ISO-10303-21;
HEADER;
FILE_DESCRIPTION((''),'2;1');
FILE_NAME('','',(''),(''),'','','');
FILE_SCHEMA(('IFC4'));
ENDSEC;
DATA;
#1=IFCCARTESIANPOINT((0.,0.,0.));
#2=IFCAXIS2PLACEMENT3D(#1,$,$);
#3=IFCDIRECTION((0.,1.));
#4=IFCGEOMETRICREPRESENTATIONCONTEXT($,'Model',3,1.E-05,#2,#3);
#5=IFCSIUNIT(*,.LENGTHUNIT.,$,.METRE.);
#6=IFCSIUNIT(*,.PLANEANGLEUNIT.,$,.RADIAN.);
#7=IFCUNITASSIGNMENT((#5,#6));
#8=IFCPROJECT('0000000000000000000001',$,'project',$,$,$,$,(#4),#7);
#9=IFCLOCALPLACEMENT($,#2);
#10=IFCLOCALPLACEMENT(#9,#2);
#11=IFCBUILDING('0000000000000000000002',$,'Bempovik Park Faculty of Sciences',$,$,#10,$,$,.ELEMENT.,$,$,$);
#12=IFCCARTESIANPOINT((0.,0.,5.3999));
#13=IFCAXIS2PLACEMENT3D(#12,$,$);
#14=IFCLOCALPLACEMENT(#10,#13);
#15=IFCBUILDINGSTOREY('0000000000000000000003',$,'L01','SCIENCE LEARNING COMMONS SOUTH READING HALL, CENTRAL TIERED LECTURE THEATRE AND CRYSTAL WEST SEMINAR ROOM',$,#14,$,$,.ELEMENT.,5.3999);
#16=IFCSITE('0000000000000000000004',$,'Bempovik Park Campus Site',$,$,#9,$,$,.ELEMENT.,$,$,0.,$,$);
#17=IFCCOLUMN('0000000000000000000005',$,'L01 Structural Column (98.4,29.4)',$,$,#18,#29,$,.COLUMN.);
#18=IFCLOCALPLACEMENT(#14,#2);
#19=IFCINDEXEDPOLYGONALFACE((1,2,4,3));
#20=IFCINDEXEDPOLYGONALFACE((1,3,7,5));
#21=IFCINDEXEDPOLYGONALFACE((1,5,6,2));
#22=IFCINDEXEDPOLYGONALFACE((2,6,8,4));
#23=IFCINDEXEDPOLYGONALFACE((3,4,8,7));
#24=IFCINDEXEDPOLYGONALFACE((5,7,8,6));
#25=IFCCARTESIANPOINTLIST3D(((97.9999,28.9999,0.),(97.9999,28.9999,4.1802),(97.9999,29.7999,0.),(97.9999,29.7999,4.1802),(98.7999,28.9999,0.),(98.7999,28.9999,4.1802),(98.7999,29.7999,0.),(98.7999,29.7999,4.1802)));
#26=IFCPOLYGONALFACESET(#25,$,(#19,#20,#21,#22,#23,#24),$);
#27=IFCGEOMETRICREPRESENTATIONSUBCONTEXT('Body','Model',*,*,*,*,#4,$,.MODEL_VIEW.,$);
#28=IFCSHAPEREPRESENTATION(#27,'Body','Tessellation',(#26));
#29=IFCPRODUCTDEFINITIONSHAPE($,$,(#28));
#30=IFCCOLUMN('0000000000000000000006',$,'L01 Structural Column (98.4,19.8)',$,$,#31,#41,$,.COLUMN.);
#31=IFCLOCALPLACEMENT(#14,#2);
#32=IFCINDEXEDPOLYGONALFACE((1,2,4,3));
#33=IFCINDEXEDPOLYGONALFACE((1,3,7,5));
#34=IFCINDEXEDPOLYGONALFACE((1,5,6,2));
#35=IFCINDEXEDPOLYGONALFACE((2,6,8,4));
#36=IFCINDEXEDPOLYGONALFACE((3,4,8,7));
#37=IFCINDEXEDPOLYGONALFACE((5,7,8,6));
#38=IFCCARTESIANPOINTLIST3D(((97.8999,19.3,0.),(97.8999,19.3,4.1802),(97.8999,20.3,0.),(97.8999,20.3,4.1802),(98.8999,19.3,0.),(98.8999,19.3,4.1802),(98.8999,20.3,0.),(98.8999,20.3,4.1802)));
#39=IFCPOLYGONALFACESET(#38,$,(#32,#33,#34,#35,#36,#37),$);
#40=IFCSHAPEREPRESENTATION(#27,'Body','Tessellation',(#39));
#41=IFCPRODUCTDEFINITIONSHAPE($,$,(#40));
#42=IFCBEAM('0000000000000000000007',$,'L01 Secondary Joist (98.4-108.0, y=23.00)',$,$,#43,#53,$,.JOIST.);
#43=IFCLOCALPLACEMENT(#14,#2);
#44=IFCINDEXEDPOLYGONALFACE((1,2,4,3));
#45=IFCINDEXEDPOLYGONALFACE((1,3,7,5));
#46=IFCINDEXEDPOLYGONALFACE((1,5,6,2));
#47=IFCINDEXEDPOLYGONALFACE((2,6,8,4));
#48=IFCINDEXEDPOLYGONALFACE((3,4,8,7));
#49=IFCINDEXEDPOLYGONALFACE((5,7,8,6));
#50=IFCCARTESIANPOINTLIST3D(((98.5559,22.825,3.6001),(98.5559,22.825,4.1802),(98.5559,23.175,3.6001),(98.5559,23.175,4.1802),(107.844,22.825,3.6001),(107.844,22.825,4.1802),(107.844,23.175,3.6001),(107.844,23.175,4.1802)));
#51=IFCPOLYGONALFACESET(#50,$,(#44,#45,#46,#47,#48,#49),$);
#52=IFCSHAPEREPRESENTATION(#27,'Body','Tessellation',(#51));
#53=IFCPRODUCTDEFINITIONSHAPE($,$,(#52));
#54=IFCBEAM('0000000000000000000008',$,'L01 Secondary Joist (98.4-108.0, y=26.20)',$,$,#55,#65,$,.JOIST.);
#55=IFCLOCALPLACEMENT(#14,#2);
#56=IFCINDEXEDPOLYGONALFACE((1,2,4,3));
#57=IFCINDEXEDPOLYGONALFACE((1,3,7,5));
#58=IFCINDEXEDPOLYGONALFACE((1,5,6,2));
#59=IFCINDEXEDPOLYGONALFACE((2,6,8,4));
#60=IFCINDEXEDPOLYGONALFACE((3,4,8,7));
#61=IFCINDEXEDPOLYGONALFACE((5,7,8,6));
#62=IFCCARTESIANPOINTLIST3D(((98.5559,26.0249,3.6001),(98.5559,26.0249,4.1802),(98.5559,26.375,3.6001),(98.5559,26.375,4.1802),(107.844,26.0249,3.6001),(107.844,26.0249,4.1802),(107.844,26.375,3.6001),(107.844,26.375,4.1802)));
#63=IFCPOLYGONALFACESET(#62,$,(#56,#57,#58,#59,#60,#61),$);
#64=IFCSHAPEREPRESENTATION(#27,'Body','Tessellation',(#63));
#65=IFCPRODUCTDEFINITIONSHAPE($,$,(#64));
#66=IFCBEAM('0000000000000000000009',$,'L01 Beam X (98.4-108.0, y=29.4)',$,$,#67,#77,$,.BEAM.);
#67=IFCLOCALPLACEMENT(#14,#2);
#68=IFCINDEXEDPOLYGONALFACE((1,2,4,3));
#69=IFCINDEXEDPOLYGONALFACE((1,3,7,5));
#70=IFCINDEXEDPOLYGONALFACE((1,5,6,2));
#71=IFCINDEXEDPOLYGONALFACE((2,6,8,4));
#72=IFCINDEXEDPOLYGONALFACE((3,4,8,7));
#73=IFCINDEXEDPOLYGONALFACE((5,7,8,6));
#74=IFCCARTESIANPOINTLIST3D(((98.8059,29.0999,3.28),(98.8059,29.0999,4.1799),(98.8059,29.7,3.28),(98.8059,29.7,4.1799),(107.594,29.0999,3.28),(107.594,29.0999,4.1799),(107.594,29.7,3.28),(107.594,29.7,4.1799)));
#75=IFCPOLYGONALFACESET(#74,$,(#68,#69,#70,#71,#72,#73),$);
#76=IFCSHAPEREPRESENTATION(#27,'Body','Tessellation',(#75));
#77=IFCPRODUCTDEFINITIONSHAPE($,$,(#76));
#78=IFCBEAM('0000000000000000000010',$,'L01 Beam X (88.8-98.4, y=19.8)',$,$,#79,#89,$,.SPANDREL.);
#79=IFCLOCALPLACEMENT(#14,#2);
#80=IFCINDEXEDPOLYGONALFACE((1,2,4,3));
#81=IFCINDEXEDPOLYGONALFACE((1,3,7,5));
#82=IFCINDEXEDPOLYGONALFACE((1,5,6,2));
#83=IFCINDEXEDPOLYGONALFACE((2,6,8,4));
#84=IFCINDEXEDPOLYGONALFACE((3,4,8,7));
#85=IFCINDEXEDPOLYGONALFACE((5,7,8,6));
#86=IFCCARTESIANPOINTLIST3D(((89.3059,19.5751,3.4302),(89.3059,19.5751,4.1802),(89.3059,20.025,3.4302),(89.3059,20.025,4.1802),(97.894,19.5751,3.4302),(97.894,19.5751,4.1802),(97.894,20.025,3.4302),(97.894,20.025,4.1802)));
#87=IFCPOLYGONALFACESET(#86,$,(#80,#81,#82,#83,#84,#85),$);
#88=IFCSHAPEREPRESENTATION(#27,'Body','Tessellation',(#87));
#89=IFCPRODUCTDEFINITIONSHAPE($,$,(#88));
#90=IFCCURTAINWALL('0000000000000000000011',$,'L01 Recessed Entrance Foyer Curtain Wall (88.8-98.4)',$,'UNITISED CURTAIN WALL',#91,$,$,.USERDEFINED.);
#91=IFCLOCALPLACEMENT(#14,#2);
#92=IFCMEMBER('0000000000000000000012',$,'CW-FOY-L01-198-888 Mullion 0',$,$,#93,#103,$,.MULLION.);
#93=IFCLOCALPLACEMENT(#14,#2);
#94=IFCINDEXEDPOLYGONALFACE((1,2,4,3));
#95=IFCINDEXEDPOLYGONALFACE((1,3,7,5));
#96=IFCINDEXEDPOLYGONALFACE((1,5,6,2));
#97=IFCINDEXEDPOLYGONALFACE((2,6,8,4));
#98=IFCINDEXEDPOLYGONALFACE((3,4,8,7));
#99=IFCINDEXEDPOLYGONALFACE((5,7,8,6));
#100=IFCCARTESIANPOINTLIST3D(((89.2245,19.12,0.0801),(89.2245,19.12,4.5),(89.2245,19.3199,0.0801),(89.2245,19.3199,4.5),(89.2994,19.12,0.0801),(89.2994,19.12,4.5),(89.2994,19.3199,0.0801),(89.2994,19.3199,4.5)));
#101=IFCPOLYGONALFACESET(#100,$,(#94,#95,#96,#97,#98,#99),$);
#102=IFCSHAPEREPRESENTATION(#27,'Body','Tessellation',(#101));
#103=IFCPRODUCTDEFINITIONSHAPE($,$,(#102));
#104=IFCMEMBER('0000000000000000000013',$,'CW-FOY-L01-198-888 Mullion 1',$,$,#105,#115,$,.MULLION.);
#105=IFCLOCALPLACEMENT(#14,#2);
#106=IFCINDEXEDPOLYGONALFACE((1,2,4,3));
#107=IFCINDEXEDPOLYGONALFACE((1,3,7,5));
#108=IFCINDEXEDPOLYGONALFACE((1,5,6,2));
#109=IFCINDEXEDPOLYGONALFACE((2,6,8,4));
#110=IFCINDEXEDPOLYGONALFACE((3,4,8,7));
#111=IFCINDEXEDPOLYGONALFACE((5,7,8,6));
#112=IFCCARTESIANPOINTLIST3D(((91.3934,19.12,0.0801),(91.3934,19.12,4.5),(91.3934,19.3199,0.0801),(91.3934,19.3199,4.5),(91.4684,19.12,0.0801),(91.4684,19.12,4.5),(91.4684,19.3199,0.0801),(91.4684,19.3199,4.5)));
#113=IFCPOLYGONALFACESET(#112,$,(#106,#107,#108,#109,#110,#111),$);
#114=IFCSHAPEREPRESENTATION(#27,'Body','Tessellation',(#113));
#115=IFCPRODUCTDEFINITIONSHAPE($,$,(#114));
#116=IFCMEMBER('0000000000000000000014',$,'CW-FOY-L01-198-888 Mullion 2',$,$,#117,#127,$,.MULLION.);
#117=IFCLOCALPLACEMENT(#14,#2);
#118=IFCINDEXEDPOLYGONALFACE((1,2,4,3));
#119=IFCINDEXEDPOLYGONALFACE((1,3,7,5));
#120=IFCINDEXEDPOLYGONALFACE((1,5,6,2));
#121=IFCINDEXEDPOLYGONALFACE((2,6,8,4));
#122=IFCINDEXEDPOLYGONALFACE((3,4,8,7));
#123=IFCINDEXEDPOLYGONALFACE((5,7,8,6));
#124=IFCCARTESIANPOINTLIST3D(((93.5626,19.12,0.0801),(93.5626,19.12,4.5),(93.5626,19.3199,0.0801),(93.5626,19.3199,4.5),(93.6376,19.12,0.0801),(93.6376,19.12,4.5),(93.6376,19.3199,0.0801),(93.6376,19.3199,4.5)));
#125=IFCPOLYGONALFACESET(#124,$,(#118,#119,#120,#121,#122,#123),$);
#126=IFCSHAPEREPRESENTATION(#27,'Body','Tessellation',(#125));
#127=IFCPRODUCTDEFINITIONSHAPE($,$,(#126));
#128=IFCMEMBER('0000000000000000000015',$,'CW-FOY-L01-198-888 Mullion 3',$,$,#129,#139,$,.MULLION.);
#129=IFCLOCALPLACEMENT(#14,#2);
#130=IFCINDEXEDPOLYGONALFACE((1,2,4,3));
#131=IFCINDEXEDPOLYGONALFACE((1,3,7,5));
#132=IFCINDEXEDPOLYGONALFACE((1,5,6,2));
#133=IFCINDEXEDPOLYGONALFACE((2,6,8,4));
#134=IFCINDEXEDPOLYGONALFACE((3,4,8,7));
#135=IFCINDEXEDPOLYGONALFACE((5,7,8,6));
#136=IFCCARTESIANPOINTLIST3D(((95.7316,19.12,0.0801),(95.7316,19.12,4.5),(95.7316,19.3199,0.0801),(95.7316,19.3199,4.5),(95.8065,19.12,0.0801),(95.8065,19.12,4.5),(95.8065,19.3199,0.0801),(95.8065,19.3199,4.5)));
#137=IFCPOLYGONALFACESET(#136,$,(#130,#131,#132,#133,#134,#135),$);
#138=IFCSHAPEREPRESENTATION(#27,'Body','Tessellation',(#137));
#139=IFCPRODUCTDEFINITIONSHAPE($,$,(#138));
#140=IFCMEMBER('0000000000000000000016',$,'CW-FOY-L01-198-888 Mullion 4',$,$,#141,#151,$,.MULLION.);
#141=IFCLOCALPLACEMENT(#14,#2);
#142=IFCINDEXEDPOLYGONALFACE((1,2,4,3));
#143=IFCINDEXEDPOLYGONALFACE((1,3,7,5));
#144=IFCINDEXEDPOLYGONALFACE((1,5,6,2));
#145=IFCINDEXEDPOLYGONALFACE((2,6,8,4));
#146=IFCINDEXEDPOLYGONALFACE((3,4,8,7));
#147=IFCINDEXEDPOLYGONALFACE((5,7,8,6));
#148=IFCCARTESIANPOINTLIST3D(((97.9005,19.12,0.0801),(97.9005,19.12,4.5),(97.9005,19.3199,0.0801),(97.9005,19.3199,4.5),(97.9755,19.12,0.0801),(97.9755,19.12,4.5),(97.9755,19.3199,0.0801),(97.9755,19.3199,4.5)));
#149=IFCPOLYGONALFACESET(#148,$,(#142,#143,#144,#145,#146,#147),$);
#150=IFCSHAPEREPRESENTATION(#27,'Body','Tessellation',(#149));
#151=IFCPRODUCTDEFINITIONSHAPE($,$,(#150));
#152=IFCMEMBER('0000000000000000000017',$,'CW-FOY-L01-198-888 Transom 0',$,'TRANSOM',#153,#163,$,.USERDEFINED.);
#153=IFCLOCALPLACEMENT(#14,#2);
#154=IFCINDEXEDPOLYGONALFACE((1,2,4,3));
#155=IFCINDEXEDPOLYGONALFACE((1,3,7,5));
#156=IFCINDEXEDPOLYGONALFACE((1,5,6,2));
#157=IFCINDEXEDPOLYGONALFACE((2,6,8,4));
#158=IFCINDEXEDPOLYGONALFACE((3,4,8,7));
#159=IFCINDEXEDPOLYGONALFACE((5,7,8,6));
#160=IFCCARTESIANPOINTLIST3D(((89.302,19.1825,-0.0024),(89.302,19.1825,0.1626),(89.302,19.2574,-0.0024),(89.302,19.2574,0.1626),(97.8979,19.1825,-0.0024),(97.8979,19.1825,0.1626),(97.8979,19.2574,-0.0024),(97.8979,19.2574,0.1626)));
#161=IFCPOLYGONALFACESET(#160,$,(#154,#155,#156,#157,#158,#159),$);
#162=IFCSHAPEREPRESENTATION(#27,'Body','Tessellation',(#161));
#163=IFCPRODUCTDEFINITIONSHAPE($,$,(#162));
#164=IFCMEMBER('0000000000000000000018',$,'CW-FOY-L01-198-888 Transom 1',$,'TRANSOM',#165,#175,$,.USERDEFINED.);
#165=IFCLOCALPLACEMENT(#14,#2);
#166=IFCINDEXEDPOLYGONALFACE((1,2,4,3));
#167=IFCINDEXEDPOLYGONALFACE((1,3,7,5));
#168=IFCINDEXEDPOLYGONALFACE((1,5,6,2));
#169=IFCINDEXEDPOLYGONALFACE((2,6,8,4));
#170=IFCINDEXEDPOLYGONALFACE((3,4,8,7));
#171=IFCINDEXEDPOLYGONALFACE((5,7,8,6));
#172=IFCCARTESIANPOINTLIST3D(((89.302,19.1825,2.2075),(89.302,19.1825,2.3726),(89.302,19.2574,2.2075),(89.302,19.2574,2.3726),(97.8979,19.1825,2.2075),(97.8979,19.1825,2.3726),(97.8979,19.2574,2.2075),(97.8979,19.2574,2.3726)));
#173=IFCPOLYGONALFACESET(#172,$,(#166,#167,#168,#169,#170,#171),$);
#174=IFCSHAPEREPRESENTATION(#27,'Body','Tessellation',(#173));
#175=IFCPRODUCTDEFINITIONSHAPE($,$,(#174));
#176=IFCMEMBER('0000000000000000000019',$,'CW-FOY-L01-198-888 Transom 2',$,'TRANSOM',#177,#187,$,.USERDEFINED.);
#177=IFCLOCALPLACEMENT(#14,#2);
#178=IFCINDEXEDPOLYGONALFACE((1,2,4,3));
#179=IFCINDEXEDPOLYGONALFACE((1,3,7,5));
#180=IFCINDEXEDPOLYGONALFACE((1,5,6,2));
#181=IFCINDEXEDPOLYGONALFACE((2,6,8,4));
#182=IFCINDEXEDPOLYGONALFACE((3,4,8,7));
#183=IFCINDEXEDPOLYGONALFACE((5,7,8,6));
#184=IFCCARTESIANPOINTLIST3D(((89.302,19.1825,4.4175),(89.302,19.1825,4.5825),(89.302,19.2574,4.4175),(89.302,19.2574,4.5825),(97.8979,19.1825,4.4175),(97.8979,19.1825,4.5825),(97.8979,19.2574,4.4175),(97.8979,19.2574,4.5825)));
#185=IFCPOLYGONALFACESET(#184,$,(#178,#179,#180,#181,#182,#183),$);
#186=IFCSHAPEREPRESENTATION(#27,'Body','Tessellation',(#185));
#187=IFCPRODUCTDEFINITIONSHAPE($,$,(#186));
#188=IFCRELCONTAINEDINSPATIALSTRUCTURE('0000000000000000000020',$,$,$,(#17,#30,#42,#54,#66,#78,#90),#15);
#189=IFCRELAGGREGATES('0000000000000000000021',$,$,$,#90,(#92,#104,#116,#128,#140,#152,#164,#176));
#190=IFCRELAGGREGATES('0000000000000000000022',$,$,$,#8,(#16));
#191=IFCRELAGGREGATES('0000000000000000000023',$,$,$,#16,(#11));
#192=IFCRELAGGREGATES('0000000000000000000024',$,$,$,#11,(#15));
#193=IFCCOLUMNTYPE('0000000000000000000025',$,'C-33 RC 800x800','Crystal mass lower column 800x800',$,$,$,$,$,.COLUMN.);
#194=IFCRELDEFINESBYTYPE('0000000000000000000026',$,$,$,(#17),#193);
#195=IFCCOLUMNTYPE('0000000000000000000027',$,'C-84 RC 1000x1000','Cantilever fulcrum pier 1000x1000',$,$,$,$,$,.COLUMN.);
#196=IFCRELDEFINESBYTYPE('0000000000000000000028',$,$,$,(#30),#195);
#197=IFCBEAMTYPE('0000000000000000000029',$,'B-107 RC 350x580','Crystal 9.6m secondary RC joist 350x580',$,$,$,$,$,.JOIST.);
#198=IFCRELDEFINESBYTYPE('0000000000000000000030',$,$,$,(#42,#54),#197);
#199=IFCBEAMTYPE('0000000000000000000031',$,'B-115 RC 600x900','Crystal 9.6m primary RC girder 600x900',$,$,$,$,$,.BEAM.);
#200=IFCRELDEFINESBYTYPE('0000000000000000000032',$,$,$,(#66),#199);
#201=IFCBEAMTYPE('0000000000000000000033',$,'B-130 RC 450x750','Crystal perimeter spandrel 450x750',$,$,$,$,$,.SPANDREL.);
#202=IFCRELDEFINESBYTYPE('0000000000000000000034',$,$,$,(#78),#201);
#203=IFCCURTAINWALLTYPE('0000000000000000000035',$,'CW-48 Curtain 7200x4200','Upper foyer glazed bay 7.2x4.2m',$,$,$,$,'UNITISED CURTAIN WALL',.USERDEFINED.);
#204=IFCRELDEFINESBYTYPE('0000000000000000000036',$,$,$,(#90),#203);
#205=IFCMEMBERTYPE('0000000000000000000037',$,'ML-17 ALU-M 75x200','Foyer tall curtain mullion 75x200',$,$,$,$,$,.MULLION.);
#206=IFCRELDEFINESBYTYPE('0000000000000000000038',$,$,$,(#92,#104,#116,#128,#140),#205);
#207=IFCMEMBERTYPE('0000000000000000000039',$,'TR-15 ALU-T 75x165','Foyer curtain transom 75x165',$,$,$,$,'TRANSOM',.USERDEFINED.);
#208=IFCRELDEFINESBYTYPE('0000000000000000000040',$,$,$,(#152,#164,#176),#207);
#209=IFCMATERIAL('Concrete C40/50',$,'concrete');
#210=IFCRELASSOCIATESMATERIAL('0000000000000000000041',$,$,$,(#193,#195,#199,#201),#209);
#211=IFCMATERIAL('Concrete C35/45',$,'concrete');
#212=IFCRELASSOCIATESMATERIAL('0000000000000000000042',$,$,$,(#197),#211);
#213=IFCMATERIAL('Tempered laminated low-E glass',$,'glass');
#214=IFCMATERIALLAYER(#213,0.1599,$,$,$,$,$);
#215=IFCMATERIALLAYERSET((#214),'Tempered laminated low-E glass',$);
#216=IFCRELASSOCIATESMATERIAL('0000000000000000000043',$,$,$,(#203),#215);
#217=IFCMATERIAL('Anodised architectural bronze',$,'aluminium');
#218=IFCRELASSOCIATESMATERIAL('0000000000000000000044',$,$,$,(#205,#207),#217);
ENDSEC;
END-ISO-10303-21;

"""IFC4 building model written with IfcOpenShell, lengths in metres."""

from ifc_helpers import new_model, si_unit, direction, frame, origin, origin_2d, place, context, subcontext, project, spatial, rectangle, extrude, material, layer, layer_set, material_profile, profile_set, type_object, element, aggregate, save


model = new_model("IFC4")

# Units and contexts
model_context = context("Model", 3, precision=1e-05, world=origin(), true_north=direction((0.0, 1.0)))
body_context = subcontext(model_context, "Body", "Model", "MODEL_VIEW")
ifc_project = project(units=[si_unit("LENGTHUNIT", "METRE"), si_unit("PLANEANGLEUNIT", "RADIAN")], contexts=[model_context])

# Site, building, storey
site_placement = place(None, origin())
site = spatial("IfcSite", under=ifc_project, at=site_placement, Name="Bempovik Park Campus Site", CompositionType="ELEMENT", RefElevation=0.0)
building_placement = place(site_placement, origin())
building = spatial("IfcBuilding", under=site, at=building_placement, Name="Bempovik Park Faculty of Sciences", CompositionType="ELEMENT")
storey_placement = place(building_placement, frame((0.0, 0.0, 5.3999)))
storey = spatial("IfcBuildingStorey", under=building, at=storey_placement, Name="L01", Description="SCIENCE LEARNING COMMONS SOUTH READING HALL, CENTRAL TIERED LECTURE THEATRE AND CRYSTAL WEST SEMINAR ROOM", CompositionType="ELEMENT", Elevation=5.3999)

# Columns
ifc_material_1 = material(Name="Concrete C40/50", Category="concrete")
ifc_material_profile_1 = material_profile(ifc_material_1, rectangle(XDim=0.8, YDim=0.8, at=origin_2d()), Name="RC 800x800")
ifc_profile_set_1 = profile_set([ifc_material_profile_1], Name="Concrete C40/50")
column_type_1 = type_object("IfcColumnType", Name="C-33 RC 800x800", Description="Crystal mass lower column 800x800", PredefinedType="COLUMN", material=ifc_profile_set_1)
column_1_placement = place(storey_placement, frame((98.3999, 29.3999, 0.0), z_axis=(0.0, 0.0, 1.0), x_axis=(1.0, 0.0, 0.0)))
element("IfcColumn", 1, at=column_1_placement, inside=storey, type_object=column_type_1, Name="L01 Structural Column (98.4,29.4)", PredefinedType="COLUMN", context=body_context, shape_type="SweptSolid", body=[
    extrude(rectangle(XDim=0.8, YDim=0.8, at=origin_2d()), origin(), (0.0, 0.0, 1.0), 4.1802),
])
ifc_material_profile_2 = material_profile(ifc_material_1, rectangle(XDim=1.0, YDim=1.0, at=origin_2d()), Name="RC 1000x1000")
ifc_profile_set_2 = profile_set([ifc_material_profile_2], Name="Concrete C40/50")
column_type_2 = type_object("IfcColumnType", Name="C-84 RC 1000x1000", Description="Cantilever fulcrum pier 1000x1000", PredefinedType="COLUMN", material=ifc_profile_set_2)
column_2_placement = place(storey_placement, frame((98.3999, 19.8, 0.0), z_axis=(0.0, 0.0, 1.0), x_axis=(1.0, 0.0, 0.0)))
element("IfcColumn", 2, at=column_2_placement, inside=storey, type_object=column_type_2, Name="L01 Structural Column (98.4,19.8)", PredefinedType="COLUMN", context=body_context, shape_type="SweptSolid", body=[
    extrude(rectangle(XDim=1.0, YDim=1.0, at=origin_2d()), origin(), (0.0, 0.0, 1.0), 4.1802),
])

# Beams
ifc_material_2 = material(Name="Concrete C35/45", Category="concrete")
ifc_material_profile_3 = material_profile(ifc_material_2, rectangle(XDim=0.3501, YDim=0.5801, at=origin_2d()), Name="RC 350x580")
ifc_profile_set_3 = profile_set([ifc_material_profile_3], Name="Concrete C35/45")
beam_type_1 = type_object("IfcBeamType", Name="B-107 RC 350x580", Description="Crystal 9.6m secondary RC joist 350x580", PredefinedType="JOIST", material=ifc_profile_set_3)
for number, where, z_axis, x_axis, name in (
    (3, (98.5559, 23.0, 3.8901), (1.0, 0.0, 0.0), (0.0, 1.0, 0.0), "L01 Secondary Joist (98.4-108.0, y=23.00)"),
    (4, (98.5559, 26.2, 3.8901), (1.0, 0.0, 0.0), (0.0, 1.0, 0.0), "L01 Secondary Joist (98.4-108.0, y=26.20)"),
):
    element("IfcBeam", number, at=place(storey_placement, frame(where, z_axis=z_axis, x_axis=x_axis)), inside=storey, type_object=beam_type_1, Name=name, PredefinedType="JOIST", context=body_context, shape_type="SweptSolid", body=[
        extrude(rectangle(XDim=0.3501, YDim=0.5801, at=origin_2d()), origin(), (0.0, 0.0, 1.0), 9.2881),
    ])
ifc_material_profile_4 = material_profile(ifc_material_1, rectangle(XDim=0.6001, YDim=0.8999, at=origin_2d()), Name="RC 600x900")
ifc_profile_set_4 = profile_set([ifc_material_profile_4], Name="Concrete C40/50")
beam_type_2 = type_object("IfcBeamType", Name="B-115 RC 600x900", Description="Crystal 9.6m primary RC girder 600x900", PredefinedType="BEAM", material=ifc_profile_set_4)
beam_1_placement = place(storey_placement, frame((98.8059, 29.3999, 3.73), z_axis=(1.0, 0.0, 0.0), x_axis=(0.0, 1.0, 0.0)))
element("IfcBeam", 5, at=beam_1_placement, inside=storey, type_object=beam_type_2, Name="L01 Beam X (98.4-108.0, y=29.4)", PredefinedType="BEAM", context=body_context, shape_type="SweptSolid", body=[
    extrude(rectangle(XDim=0.6001, YDim=0.8999, at=origin_2d()), origin(), (0.0, 0.0, 1.0), 8.7881),
])
ifc_material_profile_5 = material_profile(ifc_material_1, rectangle(XDim=0.45, YDim=0.75, at=origin_2d()), Name="RC 450x750")
ifc_profile_set_5 = profile_set([ifc_material_profile_5], Name="Concrete C40/50")
beam_type_3 = type_object("IfcBeamType", Name="B-130 RC 450x750", Description="Crystal perimeter spandrel 450x750", PredefinedType="SPANDREL", material=ifc_profile_set_5)
beam_2_placement = place(storey_placement, frame((89.3059, 19.8, 3.8052), z_axis=(1.0, 0.0, 0.0), x_axis=(0.0, 1.0, 0.0)))
element("IfcBeam", 6, at=beam_2_placement, inside=storey, type_object=beam_type_3, Name="L01 Beam X (88.8-98.4, y=19.8)", PredefinedType="SPANDREL", context=body_context, shape_type="SweptSolid", body=[
    extrude(rectangle(XDim=0.45, YDim=0.75, at=origin_2d()), origin(), (0.0, 0.0, 1.0), 8.5881),
])

# Curtain wall, members
ifc_material_3 = material(Name="Tempered laminated low-E glass", Category="glass")
ifc_layer_1 = layer(ifc_material_3, 0.1599)
ifc_layer_set_1 = layer_set([ifc_layer_1], Name="Tempered laminated low-E glass")
curtain_wall_type = type_object("IfcCurtainWallType", Name="CW-48 Curtain 7200x4200", Description="Upper foyer glazed bay 7.2x4.2m", ElementType="UNITISED CURTAIN WALL", PredefinedType="USERDEFINED", material=ifc_layer_set_1)
curtain_wall_placement = place(storey_placement, origin())
curtain_wall = element("IfcCurtainWall", 7, at=curtain_wall_placement, inside=storey, type_object=curtain_wall_type, Name="L01 Recessed Entrance Foyer Curtain Wall (88.8-98.4)", ObjectType="UNITISED CURTAIN WALL", PredefinedType="USERDEFINED")
ifc_material_4 = material(Name="Anodised architectural bronze", Category="aluminium")
ifc_material_profile_6 = material_profile(ifc_material_4, rectangle(XDim=0.075, YDim=0.2, at=origin_2d()), Name="ALU-M 75x200")
ifc_profile_set_6 = profile_set([ifc_material_profile_6], Name="Anodised architectural bronze")
member_type_1 = type_object("IfcMemberType", Name="ML-17 ALU-M 75x200", Description="Foyer tall curtain mullion 75x200", PredefinedType="MULLION", material=ifc_profile_set_6)
member_1_placement = place(storey_placement, frame((89.262, 19.22, 0.0801), z_axis=(0.0, 0.0, 1.0), x_axis=(1.0, 0.0, 0.0)))
member_1 = element("IfcMember", 8, at=member_1_placement, type_object=member_type_1, Name="CW-FOY-L01-198-888 Mullion 0", PredefinedType="MULLION", context=body_context, shape_type="SweptSolid", body=[
    extrude(rectangle(XDim=0.075, YDim=0.2, at=origin_2d()), origin(), (0.0, 0.0, 1.0), 4.4199),
])
member_2_placement = place(storey_placement, frame((91.4309, 19.22, 0.0801), z_axis=(0.0, 0.0, 1.0), x_axis=(1.0, 0.0, 0.0)))
member_2 = element("IfcMember", 9, at=member_2_placement, type_object=member_type_1, Name="CW-FOY-L01-198-888 Mullion 1", PredefinedType="MULLION", context=body_context, shape_type="SweptSolid", body=[
    extrude(rectangle(XDim=0.075, YDim=0.2, at=origin_2d()), origin(), (0.0, 0.0, 1.0), 4.4199),
])
member_3_placement = place(storey_placement, frame((93.6001, 19.22, 0.0801), z_axis=(0.0, 0.0, 1.0), x_axis=(1.0, 0.0, 0.0)))
member_3 = element("IfcMember", 10, at=member_3_placement, type_object=member_type_1, Name="CW-FOY-L01-198-888 Mullion 2", PredefinedType="MULLION", context=body_context, shape_type="SweptSolid", body=[
    extrude(rectangle(XDim=0.075, YDim=0.2, at=origin_2d()), origin(), (0.0, 0.0, 1.0), 4.4199),
])
member_4_placement = place(storey_placement, frame((95.769, 19.22, 0.0801), z_axis=(0.0, 0.0, 1.0), x_axis=(1.0, 0.0, 0.0)))
member_4 = element("IfcMember", 11, at=member_4_placement, type_object=member_type_1, Name="CW-FOY-L01-198-888 Mullion 3", PredefinedType="MULLION", context=body_context, shape_type="SweptSolid", body=[
    extrude(rectangle(XDim=0.075, YDim=0.2, at=origin_2d()), origin(), (0.0, 0.0, 1.0), 4.4199),
])
member_5_placement = place(storey_placement, frame((97.938, 19.22, 0.0801), z_axis=(0.0, 0.0, 1.0), x_axis=(1.0, 0.0, 0.0)))
member_5 = element("IfcMember", 12, at=member_5_placement, type_object=member_type_1, Name="CW-FOY-L01-198-888 Mullion 4", PredefinedType="MULLION", context=body_context, shape_type="SweptSolid", body=[
    extrude(rectangle(XDim=0.075, YDim=0.2, at=origin_2d()), origin(), (0.0, 0.0, 1.0), 4.4199),
])
ifc_material_profile_7 = material_profile(ifc_material_4, rectangle(XDim=0.075, YDim=0.165, at=origin_2d()), Name="ALU-T 75x165")
ifc_profile_set_7 = profile_set([ifc_material_profile_7], Name="Anodised architectural bronze")
member_type_2 = type_object("IfcMemberType", Name="TR-15 ALU-T 75x165", Description="Foyer curtain transom 75x165", ElementType="TRANSOM", PredefinedType="USERDEFINED", material=ifc_profile_set_7)
member_6_placement = place(storey_placement, frame((89.302, 19.22, 0.0801), z_axis=(1.0, 0.0, 0.0), x_axis=(0.0, 1.0, 0.0)))
member_6 = element("IfcMember", 13, at=member_6_placement, type_object=member_type_2, Name="CW-FOY-L01-198-888 Transom 0", ObjectType="TRANSOM", PredefinedType="USERDEFINED", context=body_context, shape_type="SweptSolid", body=[
    extrude(rectangle(XDim=0.075, YDim=0.165, at=origin_2d()), origin(), (0.0, 0.0, 1.0), 8.5959),
])
member_7_placement = place(storey_placement, frame((89.302, 19.22, 2.29), z_axis=(1.0, 0.0, 0.0), x_axis=(0.0, 1.0, 0.0)))
member_7 = element("IfcMember", 14, at=member_7_placement, type_object=member_type_2, Name="CW-FOY-L01-198-888 Transom 1", ObjectType="TRANSOM", PredefinedType="USERDEFINED", context=body_context, shape_type="SweptSolid", body=[
    extrude(rectangle(XDim=0.075, YDim=0.165, at=origin_2d()), origin(), (0.0, 0.0, 1.0), 8.5959),
])
member_8_placement = place(storey_placement, frame((89.302, 19.22, 4.5), z_axis=(1.0, 0.0, 0.0), x_axis=(0.0, 1.0, 0.0)))
member_8 = element("IfcMember", 15, at=member_8_placement, type_object=member_type_2, Name="CW-FOY-L01-198-888 Transom 2", ObjectType="TRANSOM", PredefinedType="USERDEFINED", context=body_context, shape_type="SweptSolid", body=[
    extrude(rectangle(XDim=0.075, YDim=0.165, at=origin_2d()), origin(), (0.0, 0.0, 1.0), 8.5959),
])
aggregate(curtain_wall, [member_1, member_2, member_3, member_4, member_5, member_6, member_7, member_8])

save(model, "model.ifc")
